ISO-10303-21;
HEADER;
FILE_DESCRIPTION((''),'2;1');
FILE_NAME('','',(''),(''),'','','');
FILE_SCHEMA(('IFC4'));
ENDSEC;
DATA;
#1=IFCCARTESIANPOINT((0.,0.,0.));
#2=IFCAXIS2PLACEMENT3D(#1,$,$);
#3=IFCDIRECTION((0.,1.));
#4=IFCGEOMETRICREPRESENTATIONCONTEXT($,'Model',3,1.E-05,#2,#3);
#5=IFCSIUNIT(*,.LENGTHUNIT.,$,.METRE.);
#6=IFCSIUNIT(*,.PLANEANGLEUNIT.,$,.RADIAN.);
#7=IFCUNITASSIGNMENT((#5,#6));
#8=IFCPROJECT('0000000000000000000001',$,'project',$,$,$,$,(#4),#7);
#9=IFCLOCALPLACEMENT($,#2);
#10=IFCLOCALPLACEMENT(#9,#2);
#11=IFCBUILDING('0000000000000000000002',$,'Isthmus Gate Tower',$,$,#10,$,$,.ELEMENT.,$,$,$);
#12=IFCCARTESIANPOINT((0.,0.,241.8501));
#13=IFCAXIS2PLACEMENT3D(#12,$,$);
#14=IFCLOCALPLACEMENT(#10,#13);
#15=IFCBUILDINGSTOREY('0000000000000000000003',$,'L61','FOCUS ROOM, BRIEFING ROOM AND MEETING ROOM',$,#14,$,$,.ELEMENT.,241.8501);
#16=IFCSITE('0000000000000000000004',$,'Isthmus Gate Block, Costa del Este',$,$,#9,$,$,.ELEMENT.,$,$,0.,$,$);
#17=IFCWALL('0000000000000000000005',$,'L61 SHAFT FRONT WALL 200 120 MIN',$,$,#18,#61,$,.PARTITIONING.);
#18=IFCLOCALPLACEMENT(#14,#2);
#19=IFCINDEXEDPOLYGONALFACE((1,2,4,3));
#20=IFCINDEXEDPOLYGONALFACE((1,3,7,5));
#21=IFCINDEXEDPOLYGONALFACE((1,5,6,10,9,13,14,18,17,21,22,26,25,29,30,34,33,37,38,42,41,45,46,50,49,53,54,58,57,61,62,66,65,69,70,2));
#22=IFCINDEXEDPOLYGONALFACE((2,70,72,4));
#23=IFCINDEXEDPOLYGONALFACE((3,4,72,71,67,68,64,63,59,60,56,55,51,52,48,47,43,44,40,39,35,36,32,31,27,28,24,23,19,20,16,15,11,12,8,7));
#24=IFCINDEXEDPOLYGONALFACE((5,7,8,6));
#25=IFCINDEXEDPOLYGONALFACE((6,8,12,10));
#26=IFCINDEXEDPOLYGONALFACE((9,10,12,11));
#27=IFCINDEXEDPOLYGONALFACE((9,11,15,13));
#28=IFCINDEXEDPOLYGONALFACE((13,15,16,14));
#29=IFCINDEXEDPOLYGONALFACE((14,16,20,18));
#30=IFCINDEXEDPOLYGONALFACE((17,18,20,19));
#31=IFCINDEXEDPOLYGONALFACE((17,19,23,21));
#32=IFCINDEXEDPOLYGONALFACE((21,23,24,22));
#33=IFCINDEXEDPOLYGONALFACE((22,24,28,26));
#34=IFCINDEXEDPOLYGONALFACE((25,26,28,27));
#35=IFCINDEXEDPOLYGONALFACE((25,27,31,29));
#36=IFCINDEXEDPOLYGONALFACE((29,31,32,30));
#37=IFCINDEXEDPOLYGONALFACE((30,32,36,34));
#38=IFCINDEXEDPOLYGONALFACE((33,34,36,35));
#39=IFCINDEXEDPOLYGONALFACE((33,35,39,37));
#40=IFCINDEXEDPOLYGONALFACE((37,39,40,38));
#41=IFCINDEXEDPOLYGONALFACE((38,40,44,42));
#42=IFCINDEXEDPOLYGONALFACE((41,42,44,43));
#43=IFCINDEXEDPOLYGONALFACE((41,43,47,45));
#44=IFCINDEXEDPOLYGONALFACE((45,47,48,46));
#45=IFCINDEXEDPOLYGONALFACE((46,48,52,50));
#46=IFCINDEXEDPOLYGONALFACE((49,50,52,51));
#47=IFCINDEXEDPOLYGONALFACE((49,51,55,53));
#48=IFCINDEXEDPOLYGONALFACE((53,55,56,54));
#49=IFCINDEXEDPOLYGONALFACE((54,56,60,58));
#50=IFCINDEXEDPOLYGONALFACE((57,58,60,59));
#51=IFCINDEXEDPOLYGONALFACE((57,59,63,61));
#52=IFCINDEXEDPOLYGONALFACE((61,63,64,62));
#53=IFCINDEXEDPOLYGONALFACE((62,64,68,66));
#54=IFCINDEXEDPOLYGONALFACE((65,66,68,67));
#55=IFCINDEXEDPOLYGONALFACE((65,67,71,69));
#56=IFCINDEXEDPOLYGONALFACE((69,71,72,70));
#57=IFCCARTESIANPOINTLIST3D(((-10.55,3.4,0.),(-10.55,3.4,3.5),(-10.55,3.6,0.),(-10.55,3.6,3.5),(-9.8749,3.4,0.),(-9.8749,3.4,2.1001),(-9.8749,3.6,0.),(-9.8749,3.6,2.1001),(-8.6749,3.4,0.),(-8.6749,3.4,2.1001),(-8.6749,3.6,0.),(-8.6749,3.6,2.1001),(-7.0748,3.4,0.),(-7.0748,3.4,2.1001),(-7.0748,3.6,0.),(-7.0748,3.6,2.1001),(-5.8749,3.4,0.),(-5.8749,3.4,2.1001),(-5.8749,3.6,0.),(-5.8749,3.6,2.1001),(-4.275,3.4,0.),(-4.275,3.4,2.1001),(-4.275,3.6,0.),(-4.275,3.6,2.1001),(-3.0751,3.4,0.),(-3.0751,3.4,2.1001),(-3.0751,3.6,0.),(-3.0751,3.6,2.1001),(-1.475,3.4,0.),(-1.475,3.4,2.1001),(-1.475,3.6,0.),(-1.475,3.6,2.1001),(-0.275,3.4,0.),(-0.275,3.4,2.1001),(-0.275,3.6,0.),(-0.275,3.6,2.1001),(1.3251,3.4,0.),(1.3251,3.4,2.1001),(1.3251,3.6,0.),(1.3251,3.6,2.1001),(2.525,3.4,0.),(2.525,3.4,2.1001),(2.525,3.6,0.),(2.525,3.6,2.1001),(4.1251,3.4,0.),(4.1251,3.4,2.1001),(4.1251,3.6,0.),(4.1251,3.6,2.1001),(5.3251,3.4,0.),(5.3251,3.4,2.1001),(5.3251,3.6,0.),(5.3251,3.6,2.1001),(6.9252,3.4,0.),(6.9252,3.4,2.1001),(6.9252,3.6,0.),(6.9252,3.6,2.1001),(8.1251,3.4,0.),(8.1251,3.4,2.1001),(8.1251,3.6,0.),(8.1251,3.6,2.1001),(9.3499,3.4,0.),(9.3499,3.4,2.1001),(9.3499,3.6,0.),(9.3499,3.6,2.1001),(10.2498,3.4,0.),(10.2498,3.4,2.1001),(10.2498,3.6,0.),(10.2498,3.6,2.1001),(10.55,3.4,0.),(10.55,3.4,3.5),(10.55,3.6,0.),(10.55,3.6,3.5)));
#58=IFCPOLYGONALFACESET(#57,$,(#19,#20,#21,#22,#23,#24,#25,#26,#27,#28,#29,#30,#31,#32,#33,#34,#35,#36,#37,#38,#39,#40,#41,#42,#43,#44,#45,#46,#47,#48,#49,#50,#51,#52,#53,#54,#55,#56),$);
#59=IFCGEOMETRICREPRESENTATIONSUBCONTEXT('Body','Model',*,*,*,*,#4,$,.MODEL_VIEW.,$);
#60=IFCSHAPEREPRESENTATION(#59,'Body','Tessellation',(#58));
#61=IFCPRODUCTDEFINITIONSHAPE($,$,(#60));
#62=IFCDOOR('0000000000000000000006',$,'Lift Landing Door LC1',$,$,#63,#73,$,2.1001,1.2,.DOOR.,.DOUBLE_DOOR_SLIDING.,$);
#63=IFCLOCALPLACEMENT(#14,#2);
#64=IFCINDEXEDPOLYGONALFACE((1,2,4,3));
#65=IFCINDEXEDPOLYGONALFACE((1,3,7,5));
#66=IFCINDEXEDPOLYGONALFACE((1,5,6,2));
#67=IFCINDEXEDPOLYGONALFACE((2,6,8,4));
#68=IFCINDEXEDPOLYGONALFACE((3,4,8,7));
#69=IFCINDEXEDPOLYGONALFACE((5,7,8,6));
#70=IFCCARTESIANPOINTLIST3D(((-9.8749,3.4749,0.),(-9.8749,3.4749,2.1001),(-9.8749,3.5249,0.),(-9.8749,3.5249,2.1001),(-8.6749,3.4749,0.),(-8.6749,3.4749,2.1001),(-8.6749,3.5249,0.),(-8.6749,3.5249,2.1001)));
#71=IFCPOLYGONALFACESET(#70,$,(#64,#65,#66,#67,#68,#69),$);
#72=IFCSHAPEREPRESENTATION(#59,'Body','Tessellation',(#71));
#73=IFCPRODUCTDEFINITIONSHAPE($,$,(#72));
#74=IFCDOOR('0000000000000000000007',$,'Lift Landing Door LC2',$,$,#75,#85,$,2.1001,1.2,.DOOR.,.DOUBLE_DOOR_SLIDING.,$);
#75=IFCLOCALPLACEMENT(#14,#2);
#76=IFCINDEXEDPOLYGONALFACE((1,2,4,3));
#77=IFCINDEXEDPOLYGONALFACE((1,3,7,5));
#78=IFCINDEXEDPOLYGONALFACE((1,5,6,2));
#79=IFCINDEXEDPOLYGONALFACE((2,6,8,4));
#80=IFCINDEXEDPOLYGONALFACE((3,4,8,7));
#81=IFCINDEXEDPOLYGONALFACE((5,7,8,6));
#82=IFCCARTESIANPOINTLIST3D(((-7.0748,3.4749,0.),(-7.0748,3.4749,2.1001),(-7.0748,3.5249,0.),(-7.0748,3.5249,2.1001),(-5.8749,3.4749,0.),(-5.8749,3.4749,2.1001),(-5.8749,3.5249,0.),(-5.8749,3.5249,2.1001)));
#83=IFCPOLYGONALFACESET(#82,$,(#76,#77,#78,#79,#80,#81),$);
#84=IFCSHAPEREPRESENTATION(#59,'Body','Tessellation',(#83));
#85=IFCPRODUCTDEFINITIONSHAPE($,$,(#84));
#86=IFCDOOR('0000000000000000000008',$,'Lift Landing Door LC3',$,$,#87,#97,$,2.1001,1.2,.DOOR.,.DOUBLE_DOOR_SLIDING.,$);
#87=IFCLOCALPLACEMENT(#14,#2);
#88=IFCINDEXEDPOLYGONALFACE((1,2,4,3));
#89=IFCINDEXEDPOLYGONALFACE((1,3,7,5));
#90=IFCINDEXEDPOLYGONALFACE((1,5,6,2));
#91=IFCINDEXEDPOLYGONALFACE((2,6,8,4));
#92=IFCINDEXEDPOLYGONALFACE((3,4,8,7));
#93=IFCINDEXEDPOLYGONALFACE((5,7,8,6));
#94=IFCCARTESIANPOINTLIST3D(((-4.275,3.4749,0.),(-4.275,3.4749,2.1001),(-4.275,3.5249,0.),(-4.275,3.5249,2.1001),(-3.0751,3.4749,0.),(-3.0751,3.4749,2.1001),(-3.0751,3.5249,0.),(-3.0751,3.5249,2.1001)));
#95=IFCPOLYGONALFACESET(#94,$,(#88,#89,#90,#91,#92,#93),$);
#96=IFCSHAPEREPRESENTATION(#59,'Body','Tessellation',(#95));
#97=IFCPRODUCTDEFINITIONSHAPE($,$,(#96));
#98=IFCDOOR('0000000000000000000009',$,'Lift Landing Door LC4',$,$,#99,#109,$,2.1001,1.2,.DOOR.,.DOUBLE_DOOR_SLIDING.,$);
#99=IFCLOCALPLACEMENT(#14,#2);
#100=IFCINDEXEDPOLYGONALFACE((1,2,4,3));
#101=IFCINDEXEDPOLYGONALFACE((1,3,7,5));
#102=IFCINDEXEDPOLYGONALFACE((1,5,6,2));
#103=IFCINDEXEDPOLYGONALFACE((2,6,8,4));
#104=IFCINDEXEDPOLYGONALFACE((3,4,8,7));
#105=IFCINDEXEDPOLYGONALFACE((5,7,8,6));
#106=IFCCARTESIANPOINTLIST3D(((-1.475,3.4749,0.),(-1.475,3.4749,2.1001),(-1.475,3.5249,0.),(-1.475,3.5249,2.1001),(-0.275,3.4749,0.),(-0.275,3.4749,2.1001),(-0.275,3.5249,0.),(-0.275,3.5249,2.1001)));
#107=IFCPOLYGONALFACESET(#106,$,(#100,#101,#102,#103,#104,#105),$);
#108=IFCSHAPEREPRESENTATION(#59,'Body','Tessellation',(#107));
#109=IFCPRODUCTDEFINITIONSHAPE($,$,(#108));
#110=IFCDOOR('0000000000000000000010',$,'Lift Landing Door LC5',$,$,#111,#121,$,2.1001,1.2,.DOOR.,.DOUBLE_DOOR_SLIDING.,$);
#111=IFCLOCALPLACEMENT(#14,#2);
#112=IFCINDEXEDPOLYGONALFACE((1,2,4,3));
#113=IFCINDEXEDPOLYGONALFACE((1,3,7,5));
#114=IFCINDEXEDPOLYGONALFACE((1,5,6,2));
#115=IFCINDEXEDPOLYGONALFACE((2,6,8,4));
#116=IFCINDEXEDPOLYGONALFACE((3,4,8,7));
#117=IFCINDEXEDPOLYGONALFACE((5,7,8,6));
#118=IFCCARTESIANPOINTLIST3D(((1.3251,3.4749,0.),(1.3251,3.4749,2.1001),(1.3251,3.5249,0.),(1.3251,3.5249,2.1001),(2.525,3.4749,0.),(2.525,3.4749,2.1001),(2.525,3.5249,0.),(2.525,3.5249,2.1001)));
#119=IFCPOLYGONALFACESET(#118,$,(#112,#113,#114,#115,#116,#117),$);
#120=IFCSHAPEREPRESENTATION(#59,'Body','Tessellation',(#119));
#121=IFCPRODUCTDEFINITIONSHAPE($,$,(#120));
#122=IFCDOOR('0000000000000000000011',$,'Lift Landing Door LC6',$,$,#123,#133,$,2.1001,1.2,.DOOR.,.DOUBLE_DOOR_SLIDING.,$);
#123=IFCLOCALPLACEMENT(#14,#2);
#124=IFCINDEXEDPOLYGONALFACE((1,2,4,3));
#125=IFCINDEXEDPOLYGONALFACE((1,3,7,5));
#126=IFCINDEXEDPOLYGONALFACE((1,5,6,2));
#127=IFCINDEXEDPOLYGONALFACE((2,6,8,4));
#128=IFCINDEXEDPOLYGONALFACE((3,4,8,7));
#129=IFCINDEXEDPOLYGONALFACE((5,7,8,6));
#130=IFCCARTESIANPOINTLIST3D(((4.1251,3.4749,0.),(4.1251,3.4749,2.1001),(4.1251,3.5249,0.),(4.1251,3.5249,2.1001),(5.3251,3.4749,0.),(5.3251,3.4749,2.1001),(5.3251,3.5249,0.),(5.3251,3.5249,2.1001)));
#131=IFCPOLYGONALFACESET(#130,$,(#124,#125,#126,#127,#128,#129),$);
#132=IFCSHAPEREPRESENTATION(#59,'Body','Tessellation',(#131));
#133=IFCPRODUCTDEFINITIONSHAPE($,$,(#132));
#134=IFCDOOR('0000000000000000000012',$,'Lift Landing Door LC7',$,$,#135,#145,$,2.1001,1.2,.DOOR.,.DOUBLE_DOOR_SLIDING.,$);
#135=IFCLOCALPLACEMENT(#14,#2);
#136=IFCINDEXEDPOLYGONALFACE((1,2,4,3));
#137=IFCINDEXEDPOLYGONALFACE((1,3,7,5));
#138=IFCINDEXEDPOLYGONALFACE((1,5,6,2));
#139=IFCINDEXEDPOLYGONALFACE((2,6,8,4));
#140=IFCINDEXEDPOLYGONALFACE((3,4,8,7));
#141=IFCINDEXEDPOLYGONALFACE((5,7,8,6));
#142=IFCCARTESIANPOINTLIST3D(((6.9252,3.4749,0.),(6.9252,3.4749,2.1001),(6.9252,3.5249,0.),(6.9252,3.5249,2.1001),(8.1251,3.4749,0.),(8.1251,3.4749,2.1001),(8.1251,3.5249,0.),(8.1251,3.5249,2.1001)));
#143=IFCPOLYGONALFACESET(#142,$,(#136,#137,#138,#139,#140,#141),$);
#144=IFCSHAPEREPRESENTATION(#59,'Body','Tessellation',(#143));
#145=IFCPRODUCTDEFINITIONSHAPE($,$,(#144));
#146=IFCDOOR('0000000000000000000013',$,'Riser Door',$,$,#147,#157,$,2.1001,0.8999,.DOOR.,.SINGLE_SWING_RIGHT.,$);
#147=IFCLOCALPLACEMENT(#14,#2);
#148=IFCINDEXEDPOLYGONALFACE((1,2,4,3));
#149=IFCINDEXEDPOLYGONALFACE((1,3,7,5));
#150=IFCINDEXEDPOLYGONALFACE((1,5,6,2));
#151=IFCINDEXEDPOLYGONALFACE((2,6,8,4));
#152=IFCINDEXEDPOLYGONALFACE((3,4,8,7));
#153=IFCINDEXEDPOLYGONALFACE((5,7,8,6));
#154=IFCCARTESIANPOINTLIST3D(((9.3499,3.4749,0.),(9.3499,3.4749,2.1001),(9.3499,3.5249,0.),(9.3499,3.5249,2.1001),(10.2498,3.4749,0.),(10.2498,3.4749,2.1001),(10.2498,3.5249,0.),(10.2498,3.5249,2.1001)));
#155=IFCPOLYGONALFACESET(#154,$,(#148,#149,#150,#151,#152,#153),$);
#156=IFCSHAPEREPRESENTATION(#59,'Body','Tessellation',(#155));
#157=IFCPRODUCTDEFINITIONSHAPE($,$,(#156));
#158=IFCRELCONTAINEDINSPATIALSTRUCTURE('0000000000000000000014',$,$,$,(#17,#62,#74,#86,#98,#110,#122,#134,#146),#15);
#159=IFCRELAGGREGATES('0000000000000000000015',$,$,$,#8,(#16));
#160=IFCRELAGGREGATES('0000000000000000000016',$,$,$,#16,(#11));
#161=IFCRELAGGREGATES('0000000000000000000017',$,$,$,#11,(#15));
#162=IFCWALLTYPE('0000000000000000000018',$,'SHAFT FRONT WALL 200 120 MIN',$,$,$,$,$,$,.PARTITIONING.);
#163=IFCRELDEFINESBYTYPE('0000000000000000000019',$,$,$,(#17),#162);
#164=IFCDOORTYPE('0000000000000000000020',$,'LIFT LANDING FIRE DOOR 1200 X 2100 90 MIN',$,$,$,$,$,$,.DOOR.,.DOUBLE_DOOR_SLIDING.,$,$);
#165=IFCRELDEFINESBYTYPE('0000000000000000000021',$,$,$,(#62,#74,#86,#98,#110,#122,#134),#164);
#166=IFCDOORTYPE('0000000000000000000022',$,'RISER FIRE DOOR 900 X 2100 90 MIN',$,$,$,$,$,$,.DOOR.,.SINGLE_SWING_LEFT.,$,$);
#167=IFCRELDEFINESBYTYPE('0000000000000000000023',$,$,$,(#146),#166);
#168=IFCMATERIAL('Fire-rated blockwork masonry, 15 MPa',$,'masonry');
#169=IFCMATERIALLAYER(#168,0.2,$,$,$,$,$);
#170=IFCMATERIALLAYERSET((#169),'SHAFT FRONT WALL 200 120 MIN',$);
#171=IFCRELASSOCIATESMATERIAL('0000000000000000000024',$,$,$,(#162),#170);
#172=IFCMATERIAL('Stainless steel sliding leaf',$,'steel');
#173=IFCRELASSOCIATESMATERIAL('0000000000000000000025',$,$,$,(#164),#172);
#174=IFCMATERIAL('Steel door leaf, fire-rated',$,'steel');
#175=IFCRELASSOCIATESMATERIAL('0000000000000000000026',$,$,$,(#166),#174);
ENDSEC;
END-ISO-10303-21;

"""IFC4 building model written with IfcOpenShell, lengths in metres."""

from ifc_helpers import new_model, si_unit, direction, frame, frame_2d, origin, place, context, subcontext, project, spatial, rectangle, extrude, material, layer, layer_set, type_object, element, fill, save


model = new_model("IFC4")

# Units and contexts
model_context = context("Model", 3, precision=1e-05, world=origin(), true_north=direction((0.0, 1.0)))
body_context = subcontext(model_context, "Body", "Model", "MODEL_VIEW")
ifc_project = project(units=[si_unit("LENGTHUNIT", "METRE"), si_unit("PLANEANGLEUNIT", "RADIAN")], contexts=[model_context])

# Site, building, storey
site_placement = place(None, origin())
site = spatial("IfcSite", under=ifc_project, at=site_placement, Name="Isthmus Gate Block, Costa del Este", CompositionType="ELEMENT", RefElevation=0.0)
building_placement = place(site_placement, origin())
building = spatial("IfcBuilding", under=site, at=building_placement, Name="Isthmus Gate Tower", CompositionType="ELEMENT")
storey_placement = place(building_placement, frame((0.0, 0.0, 241.8501)))
storey = spatial("IfcBuildingStorey", under=building, at=storey_placement, Name="L61", Description="FOCUS ROOM, BRIEFING ROOM AND MEETING ROOM", CompositionType="ELEMENT", Elevation=241.8501)

# Wall, openings, doors
ifc_material_1 = material(Name="Fire-rated blockwork masonry, 15 MPa", Category="masonry")
ifc_layer_1 = layer(ifc_material_1, 0.2)
ifc_layer_set_1 = layer_set([ifc_layer_1], Name="SHAFT FRONT WALL 200 120 MIN")
wall_type_1 = type_object("IfcWallType", Name="SHAFT FRONT WALL 200 120 MIN", PredefinedType="PARTITIONING", material=ifc_layer_set_1)
wall_1_placement = place(storey_placement, frame((-10.55, 3.5, 0.0), z_axis=(0.0, 0.0, 1.0), x_axis=(1.0, 0.0, 0.0)))
wall_1 = element("IfcWall", 1, at=wall_1_placement, inside=storey, type_object=wall_type_1, Name="L61 SHAFT FRONT WALL 200 120 MIN", PredefinedType="PARTITIONING", context=body_context, shape_type="SweptSolid", body=[
    extrude(rectangle(XDim=21.1001, YDim=0.2, at=frame_2d((10.55, 0.0))), origin(), (0.0, 0.0, 1.0), 3.5),
])
opening_1_placement = place(wall_1_placement, frame((0.675, 0.0, 0.0)))
opening_1 = element("IfcOpeningElement", 2, at=opening_1_placement, cuts=wall_1, PredefinedType="OPENING", context=body_context, shape_type="SweptSolid", body=[
    extrude(rectangle(XDim=1.2, YDim=2.1001, at=frame_2d((0.6001, 1.05))), frame((0.0, 0.1099, 0.0), z_axis=(0.0, -1.0, 0.0), x_axis=(1.0, 0.0, 0.0)), (0.0, 0.0, 1.0), 0.22),
])
opening_2_placement = place(wall_1_placement, frame((3.4751, 0.0, 0.0)))
opening_2 = element("IfcOpeningElement", 3, at=opening_2_placement, cuts=wall_1, PredefinedType="OPENING", context=body_context, shape_type="SweptSolid", body=[
    extrude(rectangle(XDim=1.2, YDim=2.1001, at=frame_2d((0.6001, 1.05))), frame((0.0, 0.1099, 0.0), z_axis=(0.0, -1.0, 0.0), x_axis=(1.0, 0.0, 0.0)), (0.0, 0.0, 1.0), 0.22),
])
opening_3_placement = place(wall_1_placement, frame((6.2749, 0.0, 0.0)))
opening_3 = element("IfcOpeningElement", 4, at=opening_3_placement, cuts=wall_1, PredefinedType="OPENING", context=body_context, shape_type="SweptSolid", body=[
    extrude(rectangle(XDim=1.2, YDim=2.1001, at=frame_2d((0.6001, 1.05))), frame((0.0, 0.1099, 0.0), z_axis=(0.0, -1.0, 0.0), x_axis=(1.0, 0.0, 0.0)), (0.0, 0.0, 1.0), 0.22),
])
opening_4_placement = place(wall_1_placement, frame((9.075, 0.0, 0.0)))
opening_4 = element("IfcOpeningElement", 5, at=opening_4_placement, cuts=wall_1, PredefinedType="OPENING", context=body_context, shape_type="SweptSolid", body=[
    extrude(rectangle(XDim=1.2, YDim=2.1001, at=frame_2d((0.6001, 1.05))), frame((0.0, 0.1099, 0.0), z_axis=(0.0, -1.0, 0.0), x_axis=(1.0, 0.0, 0.0)), (0.0, 0.0, 1.0), 0.22),
])
opening_5_placement = place(wall_1_placement, frame((11.875, 0.0, 0.0)))
opening_5 = element("IfcOpeningElement", 6, at=opening_5_placement, cuts=wall_1, PredefinedType="OPENING", context=body_context, shape_type="SweptSolid", body=[
    extrude(rectangle(XDim=1.2, YDim=2.1001, at=frame_2d((0.6001, 1.05))), frame((0.0, 0.1099, 0.0), z_axis=(0.0, -1.0, 0.0), x_axis=(1.0, 0.0, 0.0)), (0.0, 0.0, 1.0), 0.22),
])
opening_6_placement = place(wall_1_placement, frame((14.675, 0.0, 0.0)))
opening_6 = element("IfcOpeningElement", 7, at=opening_6_placement, cuts=wall_1, PredefinedType="OPENING", context=body_context, shape_type="SweptSolid", body=[
    extrude(rectangle(XDim=1.2, YDim=2.1001, at=frame_2d((0.6001, 1.05))), frame((0.0, 0.1099, 0.0), z_axis=(0.0, -1.0, 0.0), x_axis=(1.0, 0.0, 0.0)), (0.0, 0.0, 1.0), 0.22),
])
opening_7_placement = place(wall_1_placement, frame((17.4751, 0.0, 0.0)))
opening_7 = element("IfcOpeningElement", 8, at=opening_7_placement, cuts=wall_1, PredefinedType="OPENING", context=body_context, shape_type="SweptSolid", body=[
    extrude(rectangle(XDim=1.2, YDim=2.1001, at=frame_2d((0.6001, 1.05))), frame((0.0, 0.1099, 0.0), z_axis=(0.0, -1.0, 0.0), x_axis=(1.0, 0.0, 0.0)), (0.0, 0.0, 1.0), 0.22),
])
opening_8_placement = place(wall_1_placement, frame((19.8999, 0.0, 0.0)))
opening_8 = element("IfcOpeningElement", 9, at=opening_8_placement, cuts=wall_1, PredefinedType="OPENING", context=body_context, shape_type="SweptSolid", body=[
    extrude(rectangle(XDim=0.8999, YDim=2.1001, at=frame_2d((0.45, 1.05))), frame((0.0, 0.1099, 0.0), z_axis=(0.0, -1.0, 0.0), x_axis=(1.0, 0.0, 0.0)), (0.0, 0.0, 1.0), 0.22),
])
ifc_material_2 = material(Name="Stainless steel sliding leaf", Category="steel")
door_type_1 = type_object("IfcDoorType", Name="LIFT LANDING FIRE DOOR 1200 X 2100 90 MIN", OperationType="DOUBLE_DOOR_SLIDING", PredefinedType="DOOR", material=ifc_material_2)
door_1_placement = place(opening_1_placement, origin())
door_1 = element("IfcDoor", 10, at=door_1_placement, inside=storey, type_object=door_type_1, Name="Lift Landing Door LC1", OperationType="DOUBLE_DOOR_SLIDING", OverallHeight=2.1001, OverallWidth=1.2, PredefinedType="DOOR", context=body_context, shape_type="SweptSolid", body=[
    extrude(rectangle(XDim=1.2, YDim=2.1001, at=frame_2d((0.6001, 1.05))), frame((0.0, 0.0249, 0.0), z_axis=(0.0, -1.0, 0.0), x_axis=(1.0, 0.0, 0.0)), (0.0, 0.0, 1.0), 0.05),
])
fill(opening_1, door_1)
door_2_placement = place(opening_2_placement, origin())
door_2 = element("IfcDoor", 11, at=door_2_placement, inside=storey, type_object=door_type_1, Name="Lift Landing Door LC2", OperationType="DOUBLE_DOOR_SLIDING", OverallHeight=2.1001, OverallWidth=1.2, PredefinedType="DOOR", context=body_context, shape_type="SweptSolid", body=[
    extrude(rectangle(XDim=1.2, YDim=2.1001, at=frame_2d((0.6001, 1.05))), frame((0.0, 0.0249, 0.0), z_axis=(0.0, -1.0, 0.0), x_axis=(1.0, 0.0, 0.0)), (0.0, 0.0, 1.0), 0.05),
])
fill(opening_2, door_2)
door_3_placement = place(opening_3_placement, origin())
door_3 = element("IfcDoor", 12, at=door_3_placement, inside=storey, type_object=door_type_1, Name="Lift Landing Door LC3", OperationType="DOUBLE_DOOR_SLIDING", OverallHeight=2.1001, OverallWidth=1.2, PredefinedType="DOOR", context=body_context, shape_type="SweptSolid", body=[
    extrude(rectangle(XDim=1.2, YDim=2.1001, at=frame_2d((0.6001, 1.05))), frame((0.0, 0.0249, 0.0), z_axis=(0.0, -1.0, 0.0), x_axis=(1.0, 0.0, 0.0)), (0.0, 0.0, 1.0), 0.05),
])
fill(opening_3, door_3)
door_4_placement = place(opening_4_placement, origin())
door_4 = element("IfcDoor", 13, at=door_4_placement, inside=storey, type_object=door_type_1, Name="Lift Landing Door LC4", OperationType="DOUBLE_DOOR_SLIDING", OverallHeight=2.1001, OverallWidth=1.2, PredefinedType="DOOR", context=body_context, shape_type="SweptSolid", body=[
    extrude(rectangle(XDim=1.2, YDim=2.1001, at=frame_2d((0.6001, 1.05))), frame((0.0, 0.0249, 0.0), z_axis=(0.0, -1.0, 0.0), x_axis=(1.0, 0.0, 0.0)), (0.0, 0.0, 1.0), 0.05),
])
fill(opening_4, door_4)
door_5_placement = place(opening_5_placement, origin())
door_5 = element("IfcDoor", 14, at=door_5_placement, inside=storey, type_object=door_type_1, Name="Lift Landing Door LC5", OperationType="DOUBLE_DOOR_SLIDING", OverallHeight=2.1001, OverallWidth=1.2, PredefinedType="DOOR", context=body_context, shape_type="SweptSolid", body=[
    extrude(rectangle(XDim=1.2, YDim=2.1001, at=frame_2d((0.6001, 1.05))), frame((0.0, 0.0249, 0.0), z_axis=(0.0, -1.0, 0.0), x_axis=(1.0, 0.0, 0.0)), (0.0, 0.0, 1.0), 0.05),
])
fill(opening_5, door_5)
door_6_placement = place(opening_6_placement, origin())
door_6 = element("IfcDoor", 15, at=door_6_placement, inside=storey, type_object=door_type_1, Name="Lift Landing Door LC6", OperationType="DOUBLE_DOOR_SLIDING", OverallHeight=2.1001, OverallWidth=1.2, PredefinedType="DOOR", context=body_context, shape_type="SweptSolid", body=[
    extrude(rectangle(XDim=1.2, YDim=2.1001, at=frame_2d((0.6001, 1.05))), frame((0.0, 0.0249, 0.0), z_axis=(0.0, -1.0, 0.0), x_axis=(1.0, 0.0, 0.0)), (0.0, 0.0, 1.0), 0.05),
])
fill(opening_6, door_6)
door_7_placement = place(opening_7_placement, origin())
door_7 = element("IfcDoor", 16, at=door_7_placement, inside=storey, type_object=door_type_1, Name="Lift Landing Door LC7", OperationType="DOUBLE_DOOR_SLIDING", OverallHeight=2.1001, OverallWidth=1.2, PredefinedType="DOOR", context=body_context, shape_type="SweptSolid", body=[
    extrude(rectangle(XDim=1.2, YDim=2.1001, at=frame_2d((0.6001, 1.05))), frame((0.0, 0.0249, 0.0), z_axis=(0.0, -1.0, 0.0), x_axis=(1.0, 0.0, 0.0)), (0.0, 0.0, 1.0), 0.05),
])
fill(opening_7, door_7)
ifc_material_3 = material(Name="Steel door leaf, fire-rated", Category="steel")
door_type_2 = type_object("IfcDoorType", Name="RISER FIRE DOOR 900 X 2100 90 MIN", OperationType="SINGLE_SWING_LEFT", PredefinedType="DOOR", material=ifc_material_3)
door_8_placement = place(opening_8_placement, origin())
door_8 = element("IfcDoor", 17, at=door_8_placement, inside=storey, type_object=door_type_2, Name="Riser Door", OperationType="SINGLE_SWING_RIGHT", OverallHeight=2.1001, OverallWidth=0.8999, PredefinedType="DOOR", context=body_context, shape_type="SweptSolid", body=[
    extrude(rectangle(XDim=0.8999, YDim=2.1001, at=frame_2d((0.45, 1.05))), frame((0.0, 0.0249, 0.0), z_axis=(0.0, -1.0, 0.0), x_axis=(1.0, 0.0, 0.0)), (0.0, 0.0, 1.0), 0.05),
])
fill(opening_8, door_8)

save(model, "model.ifc")
